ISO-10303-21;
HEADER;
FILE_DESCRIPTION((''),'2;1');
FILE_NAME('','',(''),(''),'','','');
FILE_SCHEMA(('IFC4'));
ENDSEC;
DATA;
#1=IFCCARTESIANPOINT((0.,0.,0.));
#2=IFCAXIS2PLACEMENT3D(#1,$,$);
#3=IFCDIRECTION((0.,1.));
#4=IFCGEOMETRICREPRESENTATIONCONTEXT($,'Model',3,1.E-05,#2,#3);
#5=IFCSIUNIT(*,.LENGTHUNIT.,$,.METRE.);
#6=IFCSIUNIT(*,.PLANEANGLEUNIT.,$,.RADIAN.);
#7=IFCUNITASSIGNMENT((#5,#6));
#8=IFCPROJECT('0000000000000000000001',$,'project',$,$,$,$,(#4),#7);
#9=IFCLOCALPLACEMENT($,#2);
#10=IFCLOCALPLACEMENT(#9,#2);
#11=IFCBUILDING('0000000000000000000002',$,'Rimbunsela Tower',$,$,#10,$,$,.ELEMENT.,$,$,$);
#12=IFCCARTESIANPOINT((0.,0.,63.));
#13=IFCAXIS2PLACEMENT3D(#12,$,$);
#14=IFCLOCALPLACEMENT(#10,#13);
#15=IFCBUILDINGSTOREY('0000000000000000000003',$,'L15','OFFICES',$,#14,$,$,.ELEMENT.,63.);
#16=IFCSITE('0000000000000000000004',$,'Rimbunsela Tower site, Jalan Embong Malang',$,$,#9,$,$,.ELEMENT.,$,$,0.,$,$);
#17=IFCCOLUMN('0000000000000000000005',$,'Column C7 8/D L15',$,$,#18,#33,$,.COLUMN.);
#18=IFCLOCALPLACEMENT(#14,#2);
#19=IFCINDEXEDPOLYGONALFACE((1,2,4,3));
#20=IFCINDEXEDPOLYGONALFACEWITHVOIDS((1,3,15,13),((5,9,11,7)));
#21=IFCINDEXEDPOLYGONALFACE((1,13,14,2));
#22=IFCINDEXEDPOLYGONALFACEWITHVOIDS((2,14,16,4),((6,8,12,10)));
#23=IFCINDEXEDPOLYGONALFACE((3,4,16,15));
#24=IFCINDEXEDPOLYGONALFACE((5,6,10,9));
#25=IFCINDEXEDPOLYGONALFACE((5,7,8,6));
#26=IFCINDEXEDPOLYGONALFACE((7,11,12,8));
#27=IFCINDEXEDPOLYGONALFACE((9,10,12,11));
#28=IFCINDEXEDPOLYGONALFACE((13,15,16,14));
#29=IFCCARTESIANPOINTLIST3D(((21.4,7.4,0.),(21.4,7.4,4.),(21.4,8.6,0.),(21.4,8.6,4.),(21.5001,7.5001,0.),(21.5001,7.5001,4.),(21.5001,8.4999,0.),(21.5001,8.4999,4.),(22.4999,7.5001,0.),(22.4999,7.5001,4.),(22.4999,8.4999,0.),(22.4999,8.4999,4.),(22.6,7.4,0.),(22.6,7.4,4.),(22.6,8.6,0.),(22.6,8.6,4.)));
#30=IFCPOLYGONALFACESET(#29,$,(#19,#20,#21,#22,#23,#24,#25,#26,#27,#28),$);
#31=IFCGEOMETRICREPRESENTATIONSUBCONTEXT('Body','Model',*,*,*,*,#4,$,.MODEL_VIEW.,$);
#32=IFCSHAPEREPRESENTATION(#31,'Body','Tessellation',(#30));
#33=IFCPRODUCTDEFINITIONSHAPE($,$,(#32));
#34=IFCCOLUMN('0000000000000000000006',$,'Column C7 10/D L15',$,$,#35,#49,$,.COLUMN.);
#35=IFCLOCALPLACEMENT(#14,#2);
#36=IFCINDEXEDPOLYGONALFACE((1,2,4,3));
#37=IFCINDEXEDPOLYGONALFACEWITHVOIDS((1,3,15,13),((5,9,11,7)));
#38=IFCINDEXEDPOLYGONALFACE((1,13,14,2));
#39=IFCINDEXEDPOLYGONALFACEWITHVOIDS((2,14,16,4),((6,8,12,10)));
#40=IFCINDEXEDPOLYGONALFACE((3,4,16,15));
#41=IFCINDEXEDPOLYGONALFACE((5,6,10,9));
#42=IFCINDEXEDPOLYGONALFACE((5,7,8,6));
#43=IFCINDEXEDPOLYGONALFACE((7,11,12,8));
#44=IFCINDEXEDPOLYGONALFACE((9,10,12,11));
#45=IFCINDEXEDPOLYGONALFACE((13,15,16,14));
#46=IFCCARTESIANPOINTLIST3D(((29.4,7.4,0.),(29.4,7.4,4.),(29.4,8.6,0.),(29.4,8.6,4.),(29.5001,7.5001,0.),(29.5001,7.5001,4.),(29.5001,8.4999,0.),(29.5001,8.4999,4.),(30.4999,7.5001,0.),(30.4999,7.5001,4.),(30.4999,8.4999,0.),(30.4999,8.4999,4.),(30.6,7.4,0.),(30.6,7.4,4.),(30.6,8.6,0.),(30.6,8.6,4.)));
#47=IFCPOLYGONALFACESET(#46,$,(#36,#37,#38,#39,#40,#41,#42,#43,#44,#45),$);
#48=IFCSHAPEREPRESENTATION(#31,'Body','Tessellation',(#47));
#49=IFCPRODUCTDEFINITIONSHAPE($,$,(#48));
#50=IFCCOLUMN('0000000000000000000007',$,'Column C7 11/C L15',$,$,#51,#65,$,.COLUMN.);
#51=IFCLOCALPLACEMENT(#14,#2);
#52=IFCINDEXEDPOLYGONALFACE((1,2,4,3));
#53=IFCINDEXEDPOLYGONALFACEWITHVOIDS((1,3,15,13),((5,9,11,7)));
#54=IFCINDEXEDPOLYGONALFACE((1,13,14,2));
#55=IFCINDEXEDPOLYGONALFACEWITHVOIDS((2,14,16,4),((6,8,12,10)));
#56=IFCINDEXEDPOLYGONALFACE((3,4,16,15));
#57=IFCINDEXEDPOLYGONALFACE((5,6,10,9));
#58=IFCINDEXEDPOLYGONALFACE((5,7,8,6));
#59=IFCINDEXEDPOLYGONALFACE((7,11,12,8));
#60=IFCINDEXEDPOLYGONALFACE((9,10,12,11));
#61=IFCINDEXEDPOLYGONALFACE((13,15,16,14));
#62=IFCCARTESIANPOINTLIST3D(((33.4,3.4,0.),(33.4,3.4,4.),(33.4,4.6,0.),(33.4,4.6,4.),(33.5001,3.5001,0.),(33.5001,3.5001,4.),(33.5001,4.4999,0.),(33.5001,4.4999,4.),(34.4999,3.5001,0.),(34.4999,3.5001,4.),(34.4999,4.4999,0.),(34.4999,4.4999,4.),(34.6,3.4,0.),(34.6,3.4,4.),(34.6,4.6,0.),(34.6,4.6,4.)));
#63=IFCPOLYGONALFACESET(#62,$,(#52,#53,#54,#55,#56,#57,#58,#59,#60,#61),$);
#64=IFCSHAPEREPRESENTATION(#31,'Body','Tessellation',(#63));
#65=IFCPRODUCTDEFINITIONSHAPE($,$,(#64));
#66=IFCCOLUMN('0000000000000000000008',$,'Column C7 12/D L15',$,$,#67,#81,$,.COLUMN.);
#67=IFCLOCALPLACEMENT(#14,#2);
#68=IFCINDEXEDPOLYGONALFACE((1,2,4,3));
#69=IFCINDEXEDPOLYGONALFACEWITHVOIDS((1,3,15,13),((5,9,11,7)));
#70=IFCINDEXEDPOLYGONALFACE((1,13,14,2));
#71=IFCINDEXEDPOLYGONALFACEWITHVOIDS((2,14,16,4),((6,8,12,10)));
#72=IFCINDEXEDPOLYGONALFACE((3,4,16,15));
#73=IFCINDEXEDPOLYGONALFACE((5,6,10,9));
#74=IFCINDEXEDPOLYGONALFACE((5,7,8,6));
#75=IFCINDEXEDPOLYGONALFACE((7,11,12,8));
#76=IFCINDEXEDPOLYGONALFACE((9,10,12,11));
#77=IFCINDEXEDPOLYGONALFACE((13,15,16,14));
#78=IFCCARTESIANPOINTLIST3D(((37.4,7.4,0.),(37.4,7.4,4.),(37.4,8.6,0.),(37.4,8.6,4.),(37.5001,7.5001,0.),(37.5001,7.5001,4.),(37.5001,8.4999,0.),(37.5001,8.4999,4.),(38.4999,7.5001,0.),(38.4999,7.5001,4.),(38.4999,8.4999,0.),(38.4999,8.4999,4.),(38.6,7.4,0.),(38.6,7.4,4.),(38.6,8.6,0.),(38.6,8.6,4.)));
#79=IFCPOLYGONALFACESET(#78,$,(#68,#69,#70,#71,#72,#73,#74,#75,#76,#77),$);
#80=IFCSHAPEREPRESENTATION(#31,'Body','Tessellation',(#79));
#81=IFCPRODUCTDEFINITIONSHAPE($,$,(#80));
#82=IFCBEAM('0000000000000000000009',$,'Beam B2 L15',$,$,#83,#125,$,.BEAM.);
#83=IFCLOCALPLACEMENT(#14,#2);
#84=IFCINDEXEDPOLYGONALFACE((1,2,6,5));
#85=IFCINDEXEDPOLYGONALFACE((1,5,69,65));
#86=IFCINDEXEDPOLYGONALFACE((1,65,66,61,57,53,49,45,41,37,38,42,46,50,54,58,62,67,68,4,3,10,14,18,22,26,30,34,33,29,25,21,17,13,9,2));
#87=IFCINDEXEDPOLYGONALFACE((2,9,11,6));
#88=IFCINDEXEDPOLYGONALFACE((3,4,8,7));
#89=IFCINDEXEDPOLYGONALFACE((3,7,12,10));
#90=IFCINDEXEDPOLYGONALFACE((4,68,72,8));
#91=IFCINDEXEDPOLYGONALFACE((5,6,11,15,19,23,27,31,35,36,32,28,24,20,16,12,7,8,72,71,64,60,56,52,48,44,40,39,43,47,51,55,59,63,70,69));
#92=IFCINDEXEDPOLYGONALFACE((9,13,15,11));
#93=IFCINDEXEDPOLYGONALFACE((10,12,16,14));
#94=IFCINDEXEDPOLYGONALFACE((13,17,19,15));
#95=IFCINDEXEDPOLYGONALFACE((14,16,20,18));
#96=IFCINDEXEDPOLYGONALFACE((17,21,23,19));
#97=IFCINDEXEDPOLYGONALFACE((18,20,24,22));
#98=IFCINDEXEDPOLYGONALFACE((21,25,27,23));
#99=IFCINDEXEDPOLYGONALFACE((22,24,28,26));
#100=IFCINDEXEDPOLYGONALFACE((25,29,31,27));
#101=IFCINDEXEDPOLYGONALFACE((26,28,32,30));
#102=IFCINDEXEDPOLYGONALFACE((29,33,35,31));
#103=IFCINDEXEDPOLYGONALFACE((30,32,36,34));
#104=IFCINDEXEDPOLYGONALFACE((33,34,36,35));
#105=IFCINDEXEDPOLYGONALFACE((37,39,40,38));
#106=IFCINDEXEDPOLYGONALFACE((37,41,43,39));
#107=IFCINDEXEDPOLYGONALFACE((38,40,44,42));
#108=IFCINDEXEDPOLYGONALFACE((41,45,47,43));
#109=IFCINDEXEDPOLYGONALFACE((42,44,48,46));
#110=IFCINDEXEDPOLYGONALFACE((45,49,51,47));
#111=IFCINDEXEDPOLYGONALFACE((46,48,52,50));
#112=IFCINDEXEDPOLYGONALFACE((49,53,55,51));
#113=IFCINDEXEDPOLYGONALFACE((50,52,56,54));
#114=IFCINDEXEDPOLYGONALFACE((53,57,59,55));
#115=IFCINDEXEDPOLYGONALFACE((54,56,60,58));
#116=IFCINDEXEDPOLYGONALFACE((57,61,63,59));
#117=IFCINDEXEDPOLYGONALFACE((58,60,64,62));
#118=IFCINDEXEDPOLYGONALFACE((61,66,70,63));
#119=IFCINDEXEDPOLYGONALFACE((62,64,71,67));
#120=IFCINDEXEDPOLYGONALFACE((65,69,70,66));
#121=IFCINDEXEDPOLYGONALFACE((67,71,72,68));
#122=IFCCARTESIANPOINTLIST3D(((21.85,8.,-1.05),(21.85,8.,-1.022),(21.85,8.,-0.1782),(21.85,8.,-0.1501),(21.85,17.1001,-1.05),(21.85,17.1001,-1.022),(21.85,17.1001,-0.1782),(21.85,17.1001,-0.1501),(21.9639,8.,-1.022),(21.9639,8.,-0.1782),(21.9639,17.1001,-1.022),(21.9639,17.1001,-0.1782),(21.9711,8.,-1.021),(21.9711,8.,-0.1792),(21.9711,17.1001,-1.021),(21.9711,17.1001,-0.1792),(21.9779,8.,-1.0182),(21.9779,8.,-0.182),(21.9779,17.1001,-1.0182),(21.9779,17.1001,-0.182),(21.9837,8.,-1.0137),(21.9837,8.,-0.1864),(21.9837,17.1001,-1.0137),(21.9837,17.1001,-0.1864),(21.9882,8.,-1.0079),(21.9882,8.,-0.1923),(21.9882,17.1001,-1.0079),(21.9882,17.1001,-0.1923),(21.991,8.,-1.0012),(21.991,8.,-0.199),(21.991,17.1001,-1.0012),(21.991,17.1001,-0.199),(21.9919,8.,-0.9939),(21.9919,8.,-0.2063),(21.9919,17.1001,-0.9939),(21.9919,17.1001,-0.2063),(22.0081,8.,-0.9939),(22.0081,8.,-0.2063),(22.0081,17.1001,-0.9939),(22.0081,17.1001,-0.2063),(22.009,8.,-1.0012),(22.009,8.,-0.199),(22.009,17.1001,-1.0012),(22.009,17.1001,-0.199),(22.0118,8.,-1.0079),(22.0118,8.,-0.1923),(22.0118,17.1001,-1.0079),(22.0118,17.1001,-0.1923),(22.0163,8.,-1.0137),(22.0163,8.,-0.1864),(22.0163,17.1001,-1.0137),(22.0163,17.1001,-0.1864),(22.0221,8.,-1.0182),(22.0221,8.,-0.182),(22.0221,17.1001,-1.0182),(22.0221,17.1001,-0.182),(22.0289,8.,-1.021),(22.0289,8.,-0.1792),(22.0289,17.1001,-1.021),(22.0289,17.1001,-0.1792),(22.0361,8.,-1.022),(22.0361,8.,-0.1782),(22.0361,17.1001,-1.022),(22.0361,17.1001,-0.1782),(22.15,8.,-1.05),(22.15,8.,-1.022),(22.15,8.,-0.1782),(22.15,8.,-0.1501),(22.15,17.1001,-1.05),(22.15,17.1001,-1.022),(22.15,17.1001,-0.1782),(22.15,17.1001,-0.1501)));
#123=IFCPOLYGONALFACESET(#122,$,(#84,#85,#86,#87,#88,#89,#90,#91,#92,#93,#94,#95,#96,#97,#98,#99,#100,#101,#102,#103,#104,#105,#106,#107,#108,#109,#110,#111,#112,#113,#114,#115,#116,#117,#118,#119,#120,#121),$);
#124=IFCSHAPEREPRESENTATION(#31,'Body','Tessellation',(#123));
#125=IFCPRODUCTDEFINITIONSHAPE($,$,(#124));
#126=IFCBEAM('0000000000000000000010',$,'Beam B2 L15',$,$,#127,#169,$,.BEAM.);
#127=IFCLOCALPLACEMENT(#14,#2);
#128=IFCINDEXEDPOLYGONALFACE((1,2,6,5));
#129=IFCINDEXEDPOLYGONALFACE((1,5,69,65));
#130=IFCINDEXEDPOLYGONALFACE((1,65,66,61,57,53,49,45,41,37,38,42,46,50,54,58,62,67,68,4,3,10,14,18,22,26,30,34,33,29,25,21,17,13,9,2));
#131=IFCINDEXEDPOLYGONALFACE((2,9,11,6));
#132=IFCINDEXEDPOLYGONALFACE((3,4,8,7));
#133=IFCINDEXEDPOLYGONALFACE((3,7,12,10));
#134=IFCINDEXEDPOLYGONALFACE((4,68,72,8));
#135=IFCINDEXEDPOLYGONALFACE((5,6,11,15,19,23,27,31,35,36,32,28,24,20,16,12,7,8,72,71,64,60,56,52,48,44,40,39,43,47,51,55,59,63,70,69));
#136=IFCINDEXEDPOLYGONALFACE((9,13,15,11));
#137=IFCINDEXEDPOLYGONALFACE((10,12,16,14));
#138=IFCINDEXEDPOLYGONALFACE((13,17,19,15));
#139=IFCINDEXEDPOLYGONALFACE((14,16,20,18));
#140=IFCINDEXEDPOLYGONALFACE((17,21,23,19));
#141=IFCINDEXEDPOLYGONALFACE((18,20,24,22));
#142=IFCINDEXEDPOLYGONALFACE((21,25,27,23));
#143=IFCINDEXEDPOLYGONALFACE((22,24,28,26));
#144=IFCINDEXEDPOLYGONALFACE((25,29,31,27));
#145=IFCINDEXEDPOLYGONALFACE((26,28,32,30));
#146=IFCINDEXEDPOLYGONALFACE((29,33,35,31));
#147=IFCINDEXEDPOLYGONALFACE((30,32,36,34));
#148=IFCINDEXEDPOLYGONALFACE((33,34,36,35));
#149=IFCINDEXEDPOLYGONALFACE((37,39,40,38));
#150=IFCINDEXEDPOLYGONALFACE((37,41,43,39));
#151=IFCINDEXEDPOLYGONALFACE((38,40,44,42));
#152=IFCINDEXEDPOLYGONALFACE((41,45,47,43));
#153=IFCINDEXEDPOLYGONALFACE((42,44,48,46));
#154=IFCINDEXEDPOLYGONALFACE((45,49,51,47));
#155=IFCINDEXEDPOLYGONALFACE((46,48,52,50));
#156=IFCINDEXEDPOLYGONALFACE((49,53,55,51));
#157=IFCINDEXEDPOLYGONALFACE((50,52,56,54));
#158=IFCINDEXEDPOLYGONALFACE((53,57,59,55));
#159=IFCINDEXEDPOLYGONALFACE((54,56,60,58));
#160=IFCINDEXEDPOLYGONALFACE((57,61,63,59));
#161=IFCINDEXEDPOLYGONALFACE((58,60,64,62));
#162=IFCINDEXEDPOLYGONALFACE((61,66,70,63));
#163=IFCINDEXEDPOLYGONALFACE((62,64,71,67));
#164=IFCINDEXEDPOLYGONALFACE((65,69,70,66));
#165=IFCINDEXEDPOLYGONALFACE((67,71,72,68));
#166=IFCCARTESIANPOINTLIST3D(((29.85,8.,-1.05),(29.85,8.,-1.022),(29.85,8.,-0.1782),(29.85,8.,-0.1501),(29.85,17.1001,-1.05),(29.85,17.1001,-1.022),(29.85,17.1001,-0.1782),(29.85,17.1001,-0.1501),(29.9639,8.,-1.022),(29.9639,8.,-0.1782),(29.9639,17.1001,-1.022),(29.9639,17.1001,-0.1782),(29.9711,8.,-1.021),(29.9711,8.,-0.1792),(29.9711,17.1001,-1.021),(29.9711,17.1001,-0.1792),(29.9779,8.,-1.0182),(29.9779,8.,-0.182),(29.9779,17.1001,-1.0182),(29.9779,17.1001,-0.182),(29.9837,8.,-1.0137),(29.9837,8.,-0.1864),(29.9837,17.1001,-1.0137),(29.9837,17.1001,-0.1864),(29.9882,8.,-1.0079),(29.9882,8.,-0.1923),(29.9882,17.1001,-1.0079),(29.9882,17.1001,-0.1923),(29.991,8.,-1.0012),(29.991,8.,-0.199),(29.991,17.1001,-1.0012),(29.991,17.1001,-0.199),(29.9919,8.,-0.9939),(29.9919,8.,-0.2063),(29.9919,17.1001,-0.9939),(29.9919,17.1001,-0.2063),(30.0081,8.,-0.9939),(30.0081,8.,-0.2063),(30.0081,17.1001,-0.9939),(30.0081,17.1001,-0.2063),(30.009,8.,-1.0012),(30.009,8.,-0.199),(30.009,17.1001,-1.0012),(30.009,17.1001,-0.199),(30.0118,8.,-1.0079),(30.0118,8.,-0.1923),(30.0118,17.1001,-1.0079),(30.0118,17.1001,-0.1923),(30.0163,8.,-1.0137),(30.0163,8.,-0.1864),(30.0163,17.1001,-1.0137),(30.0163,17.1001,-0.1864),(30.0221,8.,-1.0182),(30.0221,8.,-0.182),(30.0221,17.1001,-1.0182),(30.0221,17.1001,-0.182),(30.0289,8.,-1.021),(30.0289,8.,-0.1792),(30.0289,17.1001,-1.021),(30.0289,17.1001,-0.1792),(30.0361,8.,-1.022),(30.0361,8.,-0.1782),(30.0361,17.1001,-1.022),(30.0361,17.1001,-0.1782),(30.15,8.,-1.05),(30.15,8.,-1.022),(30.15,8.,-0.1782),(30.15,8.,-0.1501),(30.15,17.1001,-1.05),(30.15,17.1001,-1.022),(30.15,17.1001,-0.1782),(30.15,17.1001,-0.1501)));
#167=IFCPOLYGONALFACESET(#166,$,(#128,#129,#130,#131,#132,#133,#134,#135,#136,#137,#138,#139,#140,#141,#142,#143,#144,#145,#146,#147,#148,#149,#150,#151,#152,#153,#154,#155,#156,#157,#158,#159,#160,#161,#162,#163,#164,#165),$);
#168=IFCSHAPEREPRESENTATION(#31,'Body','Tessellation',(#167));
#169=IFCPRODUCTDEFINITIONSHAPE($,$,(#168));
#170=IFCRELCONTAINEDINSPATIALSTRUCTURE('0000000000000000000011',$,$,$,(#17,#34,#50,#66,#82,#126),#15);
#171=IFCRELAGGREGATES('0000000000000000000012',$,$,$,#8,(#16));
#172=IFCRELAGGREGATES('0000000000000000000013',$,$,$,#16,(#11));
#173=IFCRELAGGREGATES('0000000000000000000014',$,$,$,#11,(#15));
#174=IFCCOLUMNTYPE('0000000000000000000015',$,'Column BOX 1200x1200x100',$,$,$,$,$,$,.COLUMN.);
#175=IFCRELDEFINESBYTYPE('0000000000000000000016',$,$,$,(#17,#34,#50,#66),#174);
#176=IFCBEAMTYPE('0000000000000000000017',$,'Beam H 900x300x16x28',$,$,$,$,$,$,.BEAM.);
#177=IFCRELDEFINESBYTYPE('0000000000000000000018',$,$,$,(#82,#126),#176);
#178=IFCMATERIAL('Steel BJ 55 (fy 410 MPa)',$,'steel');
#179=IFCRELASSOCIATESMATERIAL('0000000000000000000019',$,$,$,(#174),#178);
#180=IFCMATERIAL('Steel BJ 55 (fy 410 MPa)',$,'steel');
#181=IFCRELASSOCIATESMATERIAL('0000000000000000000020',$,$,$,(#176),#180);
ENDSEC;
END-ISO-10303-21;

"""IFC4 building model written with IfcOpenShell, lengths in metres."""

from ifc_helpers import new_model, si_unit, direction, frame, origin, origin_2d, place, context, subcontext, project, spatial, hollow_rectangle, i_section, extrude, material, material_profile, profile_set, type_object, element, save


model = new_model("IFC4")

# Units and contexts
model_context = context("Model", 3, precision=1e-05, world=origin(), true_north=direction((0.0, 1.0)))
body_context = subcontext(model_context, "Body", "Model", "MODEL_VIEW")
ifc_project = project(units=[si_unit("LENGTHUNIT", "METRE"), si_unit("PLANEANGLEUNIT", "RADIAN")], contexts=[model_context])

# Site, building, storey
site_placement = place(None, origin())
site = spatial("IfcSite", under=ifc_project, at=site_placement, Name="Rimbunsela Tower site, Jalan Embong Malang", CompositionType="ELEMENT", RefElevation=0.0)
building_placement = place(site_placement, origin())
building = spatial("IfcBuilding", under=site, at=building_placement, Name="Rimbunsela Tower", CompositionType="ELEMENT")
storey_placement = place(building_placement, frame((0.0, 0.0, 63.0)))
storey = spatial("IfcBuildingStorey", under=building, at=storey_placement, Name="L15", Description="OFFICES", CompositionType="ELEMENT", Elevation=63.0)

# Columns
ifc_material_1 = material(Name="Steel BJ 55 (fy 410 MPa)", Category="steel")
ifc_material_profile_1 = material_profile(ifc_material_1, hollow_rectangle(XDim=1.2, YDim=1.2, WallThickness=0.1001, at=origin_2d()), Name="BOX 1200x1200x100")
ifc_profile_set_1 = profile_set([ifc_material_profile_1], Name="Steel BJ 55 (fy 410 MPa)")
column_type = type_object("IfcColumnType", Name="Column BOX 1200x1200x100", PredefinedType="COLUMN", material=ifc_profile_set_1)
for number, where, z_axis, x_axis, name in (
    (1, (22.0, 8.0, 0.0), (0.0, 0.0, 1.0), (1.0, 0.0, 0.0), "Column C7 8/D L15"),
    (2, (30.0, 8.0, 0.0), (0.0, 0.0, 1.0), (1.0, 0.0, 0.0), "Column C7 10/D L15"),
    (3, (34.0, 4.0, 0.0), (0.0, 0.0, 1.0), (1.0, 0.0, 0.0), "Column C7 11/C L15"),
    (4, (38.0, 8.0, 0.0), (0.0, 0.0, 1.0), (1.0, 0.0, 0.0), "Column C7 12/D L15"),
):
    element("IfcColumn", number, at=place(storey_placement, frame(where, z_axis=z_axis, x_axis=x_axis)), inside=storey, type_object=column_type, Name=name, PredefinedType="COLUMN", context=body_context, shape_type="SweptSolid", body=[
        extrude(hollow_rectangle(XDim=1.2, YDim=1.2, WallThickness=0.1001, at=origin_2d()), origin(), (0.0, 0.0, 1.0), 4.0),
    ])

# Beams
ifc_material_2 = material(Name="Steel BJ 55 (fy 410 MPa)", Category="steel")
ifc_material_profile_2 = material_profile(ifc_material_2, i_section(OverallWidth=0.3, OverallDepth=0.8999, WebThickness=0.0161, FlangeThickness=0.0281, FilletRadius=0.0281, at=origin_2d()), Name="H 900x300x16x28")
ifc_profile_set_2 = profile_set([ifc_material_profile_2], Name="Steel BJ 55 (fy 410 MPa)")
beam_type = type_object("IfcBeamType", Name="Beam H 900x300x16x28", PredefinedType="BEAM", material=ifc_profile_set_2)
for number, where, z_axis, x_axis, name in (
    (5, (22.0, 8.0, -0.6001), (0.0, 1.0, 0.0), (-1.0, 0.0, 0.0), "Beam B2 L15"),
    (6, (30.0, 8.0, -0.6001), (0.0, 1.0, 0.0), (-1.0, 0.0, 0.0), "Beam B2 L15"),
):
    element("IfcBeam", number, at=place(storey_placement, frame(where, z_axis=z_axis, x_axis=x_axis)), inside=storey, type_object=beam_type, Name=name, PredefinedType="BEAM", context=body_context, shape_type="SweptSolid", body=[
        extrude(i_section(OverallWidth=0.3, OverallDepth=0.8999, WebThickness=0.0161, FlangeThickness=0.0281, FilletRadius=0.0281, at=origin_2d()), origin(), (0.0, 0.0, 1.0), 9.1001),
    ])

save(model, "model.ifc")
